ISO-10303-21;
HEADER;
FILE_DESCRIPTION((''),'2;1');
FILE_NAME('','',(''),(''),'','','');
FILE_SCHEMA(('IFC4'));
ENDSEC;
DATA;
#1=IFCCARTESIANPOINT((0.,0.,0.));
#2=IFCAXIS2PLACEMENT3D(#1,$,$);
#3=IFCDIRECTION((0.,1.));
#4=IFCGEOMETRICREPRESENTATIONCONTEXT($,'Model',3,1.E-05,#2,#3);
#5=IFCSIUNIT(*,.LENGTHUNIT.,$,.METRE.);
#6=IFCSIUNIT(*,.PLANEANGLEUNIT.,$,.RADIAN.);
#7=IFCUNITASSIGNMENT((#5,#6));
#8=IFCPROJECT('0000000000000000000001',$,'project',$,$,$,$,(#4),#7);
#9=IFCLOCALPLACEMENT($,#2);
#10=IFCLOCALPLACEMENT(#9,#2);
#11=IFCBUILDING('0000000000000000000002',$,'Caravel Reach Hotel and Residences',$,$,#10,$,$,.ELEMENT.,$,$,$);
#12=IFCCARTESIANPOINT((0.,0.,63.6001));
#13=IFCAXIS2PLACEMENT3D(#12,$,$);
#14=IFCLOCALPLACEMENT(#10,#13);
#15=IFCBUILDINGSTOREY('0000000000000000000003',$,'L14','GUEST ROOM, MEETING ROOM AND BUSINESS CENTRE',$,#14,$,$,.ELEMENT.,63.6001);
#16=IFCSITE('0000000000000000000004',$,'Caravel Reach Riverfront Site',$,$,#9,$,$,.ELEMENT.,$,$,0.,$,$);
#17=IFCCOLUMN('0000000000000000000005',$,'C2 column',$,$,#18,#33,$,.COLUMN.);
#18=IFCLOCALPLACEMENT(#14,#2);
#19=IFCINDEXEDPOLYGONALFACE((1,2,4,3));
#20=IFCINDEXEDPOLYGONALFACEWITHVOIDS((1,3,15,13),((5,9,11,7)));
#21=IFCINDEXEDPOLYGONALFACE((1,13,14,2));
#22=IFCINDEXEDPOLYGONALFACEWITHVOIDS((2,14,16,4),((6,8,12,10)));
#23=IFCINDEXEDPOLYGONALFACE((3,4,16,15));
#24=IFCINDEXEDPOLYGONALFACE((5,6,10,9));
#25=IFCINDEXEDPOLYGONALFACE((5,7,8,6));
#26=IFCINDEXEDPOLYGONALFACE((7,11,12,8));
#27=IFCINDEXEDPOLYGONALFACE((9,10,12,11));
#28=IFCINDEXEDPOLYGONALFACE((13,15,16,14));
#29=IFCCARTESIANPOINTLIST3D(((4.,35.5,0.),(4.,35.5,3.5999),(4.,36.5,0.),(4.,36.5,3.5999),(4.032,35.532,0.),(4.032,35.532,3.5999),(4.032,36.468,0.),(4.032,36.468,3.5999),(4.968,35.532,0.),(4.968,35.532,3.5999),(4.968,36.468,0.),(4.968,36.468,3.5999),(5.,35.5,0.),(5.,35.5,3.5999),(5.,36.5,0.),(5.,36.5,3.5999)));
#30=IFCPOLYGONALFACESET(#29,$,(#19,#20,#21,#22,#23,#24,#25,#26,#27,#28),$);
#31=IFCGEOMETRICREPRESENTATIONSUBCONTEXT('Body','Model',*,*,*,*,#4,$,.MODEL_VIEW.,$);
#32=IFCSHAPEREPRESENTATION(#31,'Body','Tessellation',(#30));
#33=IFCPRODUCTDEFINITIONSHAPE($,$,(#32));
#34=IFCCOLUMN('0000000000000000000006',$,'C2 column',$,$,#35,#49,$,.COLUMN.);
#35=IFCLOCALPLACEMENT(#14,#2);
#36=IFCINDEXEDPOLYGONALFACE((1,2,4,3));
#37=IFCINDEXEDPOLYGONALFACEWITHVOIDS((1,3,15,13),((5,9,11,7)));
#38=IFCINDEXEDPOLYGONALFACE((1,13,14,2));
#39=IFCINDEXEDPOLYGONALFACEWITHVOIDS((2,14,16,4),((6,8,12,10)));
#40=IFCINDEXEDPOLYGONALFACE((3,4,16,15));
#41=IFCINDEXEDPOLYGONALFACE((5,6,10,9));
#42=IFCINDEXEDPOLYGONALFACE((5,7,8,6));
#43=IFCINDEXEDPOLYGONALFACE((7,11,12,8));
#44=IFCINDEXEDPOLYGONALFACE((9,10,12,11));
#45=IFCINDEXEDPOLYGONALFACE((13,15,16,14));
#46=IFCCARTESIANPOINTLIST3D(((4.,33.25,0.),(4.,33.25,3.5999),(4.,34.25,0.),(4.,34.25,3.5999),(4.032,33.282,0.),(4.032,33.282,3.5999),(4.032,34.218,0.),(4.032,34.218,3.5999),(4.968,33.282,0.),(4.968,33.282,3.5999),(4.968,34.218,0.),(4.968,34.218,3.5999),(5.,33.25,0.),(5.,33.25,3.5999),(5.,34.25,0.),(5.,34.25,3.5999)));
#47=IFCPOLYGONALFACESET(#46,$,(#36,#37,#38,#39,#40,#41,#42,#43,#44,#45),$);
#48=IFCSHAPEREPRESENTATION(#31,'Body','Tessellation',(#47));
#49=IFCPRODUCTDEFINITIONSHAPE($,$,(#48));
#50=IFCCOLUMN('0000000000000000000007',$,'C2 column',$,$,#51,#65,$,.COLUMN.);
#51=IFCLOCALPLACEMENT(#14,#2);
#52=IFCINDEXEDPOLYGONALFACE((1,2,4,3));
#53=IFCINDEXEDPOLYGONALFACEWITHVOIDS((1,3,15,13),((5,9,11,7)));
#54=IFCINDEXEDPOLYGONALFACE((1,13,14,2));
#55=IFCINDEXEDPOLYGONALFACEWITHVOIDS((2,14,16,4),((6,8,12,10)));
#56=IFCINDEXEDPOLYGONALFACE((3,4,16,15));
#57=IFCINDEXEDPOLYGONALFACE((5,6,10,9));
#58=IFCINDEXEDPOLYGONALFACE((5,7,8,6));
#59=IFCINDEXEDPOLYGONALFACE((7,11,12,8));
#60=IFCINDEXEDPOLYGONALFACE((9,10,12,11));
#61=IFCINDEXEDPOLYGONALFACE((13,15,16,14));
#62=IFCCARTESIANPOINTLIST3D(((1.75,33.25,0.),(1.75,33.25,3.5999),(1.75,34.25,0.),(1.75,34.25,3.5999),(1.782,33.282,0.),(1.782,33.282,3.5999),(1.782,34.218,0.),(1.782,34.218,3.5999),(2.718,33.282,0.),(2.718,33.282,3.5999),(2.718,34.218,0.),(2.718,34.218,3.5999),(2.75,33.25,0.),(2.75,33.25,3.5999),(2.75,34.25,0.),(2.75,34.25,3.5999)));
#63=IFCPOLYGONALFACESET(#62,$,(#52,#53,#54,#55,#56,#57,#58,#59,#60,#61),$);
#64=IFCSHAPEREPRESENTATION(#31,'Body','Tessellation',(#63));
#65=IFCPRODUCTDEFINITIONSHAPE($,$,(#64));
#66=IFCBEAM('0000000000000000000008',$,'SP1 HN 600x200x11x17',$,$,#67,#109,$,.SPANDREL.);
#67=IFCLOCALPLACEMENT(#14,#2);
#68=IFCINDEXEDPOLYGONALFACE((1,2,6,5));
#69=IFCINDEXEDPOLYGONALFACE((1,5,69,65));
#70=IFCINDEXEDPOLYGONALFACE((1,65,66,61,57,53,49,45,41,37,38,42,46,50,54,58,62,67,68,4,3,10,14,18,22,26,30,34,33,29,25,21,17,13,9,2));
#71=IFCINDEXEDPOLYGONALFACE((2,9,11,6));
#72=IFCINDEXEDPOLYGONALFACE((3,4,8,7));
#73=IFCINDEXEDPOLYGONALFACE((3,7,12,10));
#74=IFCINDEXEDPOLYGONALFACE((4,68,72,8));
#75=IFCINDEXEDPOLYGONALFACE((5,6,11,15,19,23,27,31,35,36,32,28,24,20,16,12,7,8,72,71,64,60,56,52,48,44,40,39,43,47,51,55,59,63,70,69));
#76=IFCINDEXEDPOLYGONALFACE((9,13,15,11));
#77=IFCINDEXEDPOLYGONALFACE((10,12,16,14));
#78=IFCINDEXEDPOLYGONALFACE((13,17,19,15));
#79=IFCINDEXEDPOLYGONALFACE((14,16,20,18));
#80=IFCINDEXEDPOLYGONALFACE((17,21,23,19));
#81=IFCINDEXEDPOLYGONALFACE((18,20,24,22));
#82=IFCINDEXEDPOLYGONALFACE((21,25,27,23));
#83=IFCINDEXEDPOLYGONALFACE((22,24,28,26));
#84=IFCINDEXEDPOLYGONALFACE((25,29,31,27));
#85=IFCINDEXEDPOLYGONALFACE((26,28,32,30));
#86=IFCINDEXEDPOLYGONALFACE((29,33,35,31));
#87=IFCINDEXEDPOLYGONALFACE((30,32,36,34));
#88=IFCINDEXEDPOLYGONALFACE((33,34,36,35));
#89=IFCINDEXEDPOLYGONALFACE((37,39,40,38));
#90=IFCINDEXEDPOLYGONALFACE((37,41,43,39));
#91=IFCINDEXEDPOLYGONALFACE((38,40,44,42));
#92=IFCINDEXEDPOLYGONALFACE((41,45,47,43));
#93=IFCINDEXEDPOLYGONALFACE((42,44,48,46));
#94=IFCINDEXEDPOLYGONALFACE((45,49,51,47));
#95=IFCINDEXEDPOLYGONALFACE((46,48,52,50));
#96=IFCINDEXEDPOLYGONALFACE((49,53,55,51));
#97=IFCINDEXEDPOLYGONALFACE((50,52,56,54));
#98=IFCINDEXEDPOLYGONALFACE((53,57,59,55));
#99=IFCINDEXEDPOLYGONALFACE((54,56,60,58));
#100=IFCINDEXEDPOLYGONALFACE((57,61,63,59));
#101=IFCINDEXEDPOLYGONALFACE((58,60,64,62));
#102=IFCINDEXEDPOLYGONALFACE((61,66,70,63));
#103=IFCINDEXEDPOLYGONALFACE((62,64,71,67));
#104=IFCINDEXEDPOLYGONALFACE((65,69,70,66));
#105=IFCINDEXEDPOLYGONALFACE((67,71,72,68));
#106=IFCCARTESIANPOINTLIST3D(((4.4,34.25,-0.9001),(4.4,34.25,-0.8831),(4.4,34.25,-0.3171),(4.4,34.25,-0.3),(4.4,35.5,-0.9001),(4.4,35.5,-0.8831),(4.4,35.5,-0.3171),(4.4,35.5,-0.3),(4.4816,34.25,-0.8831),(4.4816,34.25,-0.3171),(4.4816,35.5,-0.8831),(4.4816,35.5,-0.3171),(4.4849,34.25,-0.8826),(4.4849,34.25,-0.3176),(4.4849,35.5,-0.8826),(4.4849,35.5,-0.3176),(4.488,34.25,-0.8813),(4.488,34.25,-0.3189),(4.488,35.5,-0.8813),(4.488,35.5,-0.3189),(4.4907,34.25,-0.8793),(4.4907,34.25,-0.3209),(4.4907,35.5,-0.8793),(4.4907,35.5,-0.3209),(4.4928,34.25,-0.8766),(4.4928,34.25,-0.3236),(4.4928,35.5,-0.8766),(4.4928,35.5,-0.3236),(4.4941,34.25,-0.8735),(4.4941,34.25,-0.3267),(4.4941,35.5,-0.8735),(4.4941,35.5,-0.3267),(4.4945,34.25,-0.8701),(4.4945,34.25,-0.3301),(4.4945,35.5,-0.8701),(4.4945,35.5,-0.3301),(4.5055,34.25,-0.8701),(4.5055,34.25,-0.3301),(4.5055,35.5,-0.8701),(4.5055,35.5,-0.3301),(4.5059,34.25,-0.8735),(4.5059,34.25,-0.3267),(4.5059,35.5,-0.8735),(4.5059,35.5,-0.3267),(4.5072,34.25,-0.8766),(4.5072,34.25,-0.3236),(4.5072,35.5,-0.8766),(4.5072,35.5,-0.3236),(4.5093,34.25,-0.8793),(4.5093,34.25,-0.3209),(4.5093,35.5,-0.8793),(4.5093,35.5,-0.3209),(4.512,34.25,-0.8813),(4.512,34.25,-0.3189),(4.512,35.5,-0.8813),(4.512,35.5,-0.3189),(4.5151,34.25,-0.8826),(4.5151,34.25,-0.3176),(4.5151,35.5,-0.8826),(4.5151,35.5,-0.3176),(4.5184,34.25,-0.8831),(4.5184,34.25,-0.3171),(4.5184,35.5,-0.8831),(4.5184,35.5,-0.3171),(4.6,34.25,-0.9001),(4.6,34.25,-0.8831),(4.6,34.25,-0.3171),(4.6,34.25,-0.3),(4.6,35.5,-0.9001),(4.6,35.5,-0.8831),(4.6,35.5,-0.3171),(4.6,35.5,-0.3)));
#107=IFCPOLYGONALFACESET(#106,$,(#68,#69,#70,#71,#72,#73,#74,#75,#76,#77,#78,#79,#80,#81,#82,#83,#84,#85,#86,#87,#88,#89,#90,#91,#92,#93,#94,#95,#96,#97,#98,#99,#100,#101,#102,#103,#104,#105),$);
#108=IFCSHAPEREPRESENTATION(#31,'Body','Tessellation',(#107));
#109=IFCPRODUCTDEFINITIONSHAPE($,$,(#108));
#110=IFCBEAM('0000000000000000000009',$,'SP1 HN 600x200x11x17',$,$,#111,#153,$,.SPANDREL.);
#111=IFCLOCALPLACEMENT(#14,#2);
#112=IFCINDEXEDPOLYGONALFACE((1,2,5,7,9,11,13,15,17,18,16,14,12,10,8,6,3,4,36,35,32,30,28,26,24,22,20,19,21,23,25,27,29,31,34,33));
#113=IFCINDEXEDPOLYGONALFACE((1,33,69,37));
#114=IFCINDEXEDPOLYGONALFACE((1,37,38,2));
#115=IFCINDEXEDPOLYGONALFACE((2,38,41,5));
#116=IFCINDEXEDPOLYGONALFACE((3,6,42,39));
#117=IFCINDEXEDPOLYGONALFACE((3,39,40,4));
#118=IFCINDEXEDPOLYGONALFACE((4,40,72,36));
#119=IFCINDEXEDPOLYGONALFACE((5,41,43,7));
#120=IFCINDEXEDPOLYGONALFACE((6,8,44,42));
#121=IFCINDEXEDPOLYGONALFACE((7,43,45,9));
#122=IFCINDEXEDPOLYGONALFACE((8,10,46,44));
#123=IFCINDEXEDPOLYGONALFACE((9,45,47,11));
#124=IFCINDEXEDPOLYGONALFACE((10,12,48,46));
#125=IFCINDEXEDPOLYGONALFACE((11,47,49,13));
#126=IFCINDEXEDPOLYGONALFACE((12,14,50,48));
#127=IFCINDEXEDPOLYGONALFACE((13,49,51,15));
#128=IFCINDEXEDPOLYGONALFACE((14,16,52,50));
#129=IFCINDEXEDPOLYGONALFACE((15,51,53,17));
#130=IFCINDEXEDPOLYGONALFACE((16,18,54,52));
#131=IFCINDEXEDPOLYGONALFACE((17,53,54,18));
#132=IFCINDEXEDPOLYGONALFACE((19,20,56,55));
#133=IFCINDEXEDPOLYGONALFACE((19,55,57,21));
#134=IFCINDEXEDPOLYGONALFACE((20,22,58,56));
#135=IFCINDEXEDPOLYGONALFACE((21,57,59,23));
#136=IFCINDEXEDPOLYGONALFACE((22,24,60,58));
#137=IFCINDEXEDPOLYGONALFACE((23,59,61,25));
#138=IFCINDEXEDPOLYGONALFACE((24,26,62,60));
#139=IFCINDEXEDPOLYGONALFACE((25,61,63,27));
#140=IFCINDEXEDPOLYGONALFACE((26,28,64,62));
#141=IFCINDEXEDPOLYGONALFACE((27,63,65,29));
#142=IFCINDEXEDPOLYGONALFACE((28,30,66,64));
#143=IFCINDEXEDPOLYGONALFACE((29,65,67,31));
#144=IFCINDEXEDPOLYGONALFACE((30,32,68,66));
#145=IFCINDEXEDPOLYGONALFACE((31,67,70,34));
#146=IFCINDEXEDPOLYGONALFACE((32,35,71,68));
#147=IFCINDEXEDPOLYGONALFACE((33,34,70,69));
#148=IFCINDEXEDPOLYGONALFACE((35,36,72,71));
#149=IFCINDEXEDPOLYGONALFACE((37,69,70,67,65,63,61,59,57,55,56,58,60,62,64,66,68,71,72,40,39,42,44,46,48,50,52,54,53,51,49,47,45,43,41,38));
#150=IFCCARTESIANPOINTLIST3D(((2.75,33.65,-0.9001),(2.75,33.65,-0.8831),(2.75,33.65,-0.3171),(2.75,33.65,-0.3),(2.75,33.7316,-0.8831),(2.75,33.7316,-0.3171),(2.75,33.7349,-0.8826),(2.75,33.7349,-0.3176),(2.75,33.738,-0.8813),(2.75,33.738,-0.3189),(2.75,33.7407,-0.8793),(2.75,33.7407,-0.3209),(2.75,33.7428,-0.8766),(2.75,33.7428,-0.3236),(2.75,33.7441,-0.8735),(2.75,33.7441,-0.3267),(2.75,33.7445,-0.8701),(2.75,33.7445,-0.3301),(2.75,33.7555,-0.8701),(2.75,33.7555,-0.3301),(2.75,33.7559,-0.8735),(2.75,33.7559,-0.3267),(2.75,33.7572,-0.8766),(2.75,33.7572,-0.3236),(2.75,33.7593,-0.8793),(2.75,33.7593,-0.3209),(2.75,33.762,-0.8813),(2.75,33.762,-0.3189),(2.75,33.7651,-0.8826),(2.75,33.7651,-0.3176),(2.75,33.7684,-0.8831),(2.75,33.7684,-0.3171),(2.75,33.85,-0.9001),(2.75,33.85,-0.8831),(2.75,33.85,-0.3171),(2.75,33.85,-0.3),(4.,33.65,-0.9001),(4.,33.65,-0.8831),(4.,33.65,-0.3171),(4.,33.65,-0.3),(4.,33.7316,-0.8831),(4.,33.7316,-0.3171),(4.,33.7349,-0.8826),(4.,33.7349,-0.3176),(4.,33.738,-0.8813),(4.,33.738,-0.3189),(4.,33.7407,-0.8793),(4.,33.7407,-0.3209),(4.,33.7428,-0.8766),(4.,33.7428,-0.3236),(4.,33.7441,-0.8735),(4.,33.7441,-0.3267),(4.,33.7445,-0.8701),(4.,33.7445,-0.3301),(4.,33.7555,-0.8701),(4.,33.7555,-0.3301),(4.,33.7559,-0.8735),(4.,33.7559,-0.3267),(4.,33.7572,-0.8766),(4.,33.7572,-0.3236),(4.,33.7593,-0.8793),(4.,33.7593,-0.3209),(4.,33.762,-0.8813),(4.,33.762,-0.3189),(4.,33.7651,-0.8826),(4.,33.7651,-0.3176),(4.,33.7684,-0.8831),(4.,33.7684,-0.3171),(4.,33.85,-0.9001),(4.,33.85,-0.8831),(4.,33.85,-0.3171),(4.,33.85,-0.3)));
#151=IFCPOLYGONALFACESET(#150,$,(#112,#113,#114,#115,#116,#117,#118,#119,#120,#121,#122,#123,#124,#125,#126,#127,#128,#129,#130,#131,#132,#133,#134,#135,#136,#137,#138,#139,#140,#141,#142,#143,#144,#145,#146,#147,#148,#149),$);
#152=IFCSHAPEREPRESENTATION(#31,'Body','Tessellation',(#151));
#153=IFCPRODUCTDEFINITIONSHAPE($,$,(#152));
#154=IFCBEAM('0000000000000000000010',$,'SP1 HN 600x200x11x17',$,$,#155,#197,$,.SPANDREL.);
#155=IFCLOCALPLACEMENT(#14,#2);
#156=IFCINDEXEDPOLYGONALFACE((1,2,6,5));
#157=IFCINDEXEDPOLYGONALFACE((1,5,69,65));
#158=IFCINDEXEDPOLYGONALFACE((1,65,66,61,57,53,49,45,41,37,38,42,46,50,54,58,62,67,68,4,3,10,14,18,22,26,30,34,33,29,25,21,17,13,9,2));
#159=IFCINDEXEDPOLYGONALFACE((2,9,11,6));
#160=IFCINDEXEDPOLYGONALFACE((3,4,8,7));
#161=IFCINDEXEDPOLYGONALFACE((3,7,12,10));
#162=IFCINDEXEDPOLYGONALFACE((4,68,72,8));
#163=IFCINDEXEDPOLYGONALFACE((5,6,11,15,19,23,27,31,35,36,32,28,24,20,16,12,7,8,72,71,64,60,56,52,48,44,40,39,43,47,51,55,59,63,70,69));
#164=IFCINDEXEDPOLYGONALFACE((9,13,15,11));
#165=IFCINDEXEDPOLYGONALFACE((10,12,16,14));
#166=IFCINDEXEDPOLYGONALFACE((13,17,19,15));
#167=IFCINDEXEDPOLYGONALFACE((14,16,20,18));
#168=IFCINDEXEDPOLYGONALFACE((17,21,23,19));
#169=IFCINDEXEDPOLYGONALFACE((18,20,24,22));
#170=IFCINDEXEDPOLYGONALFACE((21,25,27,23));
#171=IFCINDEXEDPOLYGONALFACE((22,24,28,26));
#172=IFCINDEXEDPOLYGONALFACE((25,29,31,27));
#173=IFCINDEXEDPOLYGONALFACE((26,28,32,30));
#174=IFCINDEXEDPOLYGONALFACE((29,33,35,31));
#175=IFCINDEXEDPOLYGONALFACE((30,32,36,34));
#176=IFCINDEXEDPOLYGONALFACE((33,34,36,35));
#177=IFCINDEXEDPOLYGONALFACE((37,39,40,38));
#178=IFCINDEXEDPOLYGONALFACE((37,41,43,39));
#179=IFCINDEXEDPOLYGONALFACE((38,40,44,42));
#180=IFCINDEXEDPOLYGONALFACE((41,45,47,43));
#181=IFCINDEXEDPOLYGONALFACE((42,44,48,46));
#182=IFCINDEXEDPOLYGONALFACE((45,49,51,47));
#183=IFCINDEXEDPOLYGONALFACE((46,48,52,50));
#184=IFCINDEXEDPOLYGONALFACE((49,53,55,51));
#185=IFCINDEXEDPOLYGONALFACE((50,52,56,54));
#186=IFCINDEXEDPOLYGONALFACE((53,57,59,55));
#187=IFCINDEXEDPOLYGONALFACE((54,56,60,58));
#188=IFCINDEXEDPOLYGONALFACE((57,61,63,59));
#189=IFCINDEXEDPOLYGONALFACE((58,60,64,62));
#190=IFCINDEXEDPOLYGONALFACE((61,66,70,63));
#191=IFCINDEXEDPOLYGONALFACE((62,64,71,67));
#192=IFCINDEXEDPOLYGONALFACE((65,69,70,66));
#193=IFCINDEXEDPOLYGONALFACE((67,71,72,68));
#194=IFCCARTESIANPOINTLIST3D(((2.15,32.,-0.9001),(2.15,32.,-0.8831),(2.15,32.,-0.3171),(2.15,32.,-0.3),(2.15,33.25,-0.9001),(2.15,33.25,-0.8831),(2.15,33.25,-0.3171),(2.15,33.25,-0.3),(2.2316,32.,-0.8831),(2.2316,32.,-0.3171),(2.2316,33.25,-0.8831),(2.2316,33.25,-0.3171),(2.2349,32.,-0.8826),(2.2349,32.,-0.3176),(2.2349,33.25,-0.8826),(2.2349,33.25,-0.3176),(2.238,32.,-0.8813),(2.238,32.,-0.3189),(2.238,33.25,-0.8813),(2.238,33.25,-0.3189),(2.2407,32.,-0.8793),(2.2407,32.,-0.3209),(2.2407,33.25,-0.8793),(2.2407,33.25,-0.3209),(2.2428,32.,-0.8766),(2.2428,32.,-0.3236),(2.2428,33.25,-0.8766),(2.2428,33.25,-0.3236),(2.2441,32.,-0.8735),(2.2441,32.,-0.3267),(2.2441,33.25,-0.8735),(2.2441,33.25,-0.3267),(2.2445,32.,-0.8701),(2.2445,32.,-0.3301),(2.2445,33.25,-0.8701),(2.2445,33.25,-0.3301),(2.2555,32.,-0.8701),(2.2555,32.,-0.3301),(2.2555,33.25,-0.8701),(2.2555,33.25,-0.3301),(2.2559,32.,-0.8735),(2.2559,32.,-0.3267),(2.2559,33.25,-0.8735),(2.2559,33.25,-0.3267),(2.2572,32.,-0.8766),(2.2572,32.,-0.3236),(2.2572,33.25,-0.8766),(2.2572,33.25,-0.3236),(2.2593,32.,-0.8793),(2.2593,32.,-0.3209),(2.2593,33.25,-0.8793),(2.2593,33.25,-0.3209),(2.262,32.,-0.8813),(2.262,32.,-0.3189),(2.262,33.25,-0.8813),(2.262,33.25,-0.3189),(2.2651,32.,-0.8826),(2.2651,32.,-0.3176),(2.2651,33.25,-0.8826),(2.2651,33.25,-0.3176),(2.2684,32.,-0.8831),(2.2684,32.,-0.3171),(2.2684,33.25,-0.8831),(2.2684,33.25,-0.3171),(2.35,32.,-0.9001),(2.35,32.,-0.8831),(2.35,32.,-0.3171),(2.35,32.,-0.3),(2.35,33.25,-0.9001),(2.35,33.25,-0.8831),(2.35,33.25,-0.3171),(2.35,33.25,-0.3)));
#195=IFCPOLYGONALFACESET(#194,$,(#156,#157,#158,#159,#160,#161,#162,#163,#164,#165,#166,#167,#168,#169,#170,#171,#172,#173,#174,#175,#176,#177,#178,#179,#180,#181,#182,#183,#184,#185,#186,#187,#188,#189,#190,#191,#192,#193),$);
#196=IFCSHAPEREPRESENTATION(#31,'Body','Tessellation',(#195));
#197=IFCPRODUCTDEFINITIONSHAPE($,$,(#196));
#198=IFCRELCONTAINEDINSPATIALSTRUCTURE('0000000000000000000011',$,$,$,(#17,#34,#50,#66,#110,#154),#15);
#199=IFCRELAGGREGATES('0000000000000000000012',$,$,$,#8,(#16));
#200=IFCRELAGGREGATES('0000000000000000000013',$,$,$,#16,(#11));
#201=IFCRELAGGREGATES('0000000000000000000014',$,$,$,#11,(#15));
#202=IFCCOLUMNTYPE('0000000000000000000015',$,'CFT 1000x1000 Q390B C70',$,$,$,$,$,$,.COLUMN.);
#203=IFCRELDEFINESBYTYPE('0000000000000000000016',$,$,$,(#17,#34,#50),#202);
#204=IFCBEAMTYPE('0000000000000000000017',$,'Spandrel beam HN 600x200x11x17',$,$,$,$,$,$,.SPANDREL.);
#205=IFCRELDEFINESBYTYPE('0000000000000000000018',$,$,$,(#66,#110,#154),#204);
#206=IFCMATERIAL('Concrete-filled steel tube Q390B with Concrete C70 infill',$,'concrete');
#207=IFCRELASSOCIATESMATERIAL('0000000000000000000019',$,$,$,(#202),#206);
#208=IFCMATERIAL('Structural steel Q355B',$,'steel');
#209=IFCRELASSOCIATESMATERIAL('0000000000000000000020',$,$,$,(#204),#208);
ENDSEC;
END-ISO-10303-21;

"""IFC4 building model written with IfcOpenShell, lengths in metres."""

from ifc_helpers import new_model, si_unit, direction, frame, origin, origin_2d, place, context, subcontext, project, spatial, hollow_rectangle, i_section, extrude, material, material_profile, profile_set, type_object, element, save


model = new_model("IFC4")

# Units and contexts
model_context = context("Model", 3, precision=1e-05, world=origin(), true_north=direction((0.0, 1.0)))
body_context = subcontext(model_context, "Body", "Model", "MODEL_VIEW")
ifc_project = project(units=[si_unit("LENGTHUNIT", "METRE"), si_unit("PLANEANGLEUNIT", "RADIAN")], contexts=[model_context])

# Site, building, storey
site_placement = place(None, origin())
site = spatial("IfcSite", under=ifc_project, at=site_placement, Name="Caravel Reach Riverfront Site", CompositionType="ELEMENT", RefElevation=0.0)
building_placement = place(site_placement, origin())
building = spatial("IfcBuilding", under=site, at=building_placement, Name="Caravel Reach Hotel and Residences", CompositionType="ELEMENT")
storey_placement = place(building_placement, frame((0.0, 0.0, 63.6001)))
storey = spatial("IfcBuildingStorey", under=building, at=storey_placement, Name="L14", Description="GUEST ROOM, MEETING ROOM AND BUSINESS CENTRE", CompositionType="ELEMENT", Elevation=63.6001)

# Columns
ifc_material_1 = material(Name="Concrete-filled steel tube Q390B with Concrete C70 infill", Category="concrete")
ifc_material_profile_1 = material_profile(ifc_material_1, hollow_rectangle(XDim=1.0, YDim=1.0, WallThickness=0.032, at=origin_2d()), Name="RHS 1000x1000x32")
ifc_profile_set_1 = profile_set([ifc_material_profile_1], Name="Concrete-filled steel tube Q390B with Concrete C70 infill")
column_type = type_object("IfcColumnType", Name="CFT 1000x1000 Q390B C70", PredefinedType="COLUMN", material=ifc_profile_set_1)
for number, where, z_axis, x_axis, name in (
    (1, (4.5, 36.0, 0.0), (0.0, 0.0, 1.0), (1.0, 0.0, 0.0), "C2 column"),
    (2, (4.5, 33.75, 0.0), (0.0, 0.0, 1.0), (1.0, 0.0, 0.0), "C2 column"),
    (3, (2.25, 33.75, 0.0), (0.0, 0.0, 1.0), (1.0, 0.0, 0.0), "C2 column"),
):
    element("IfcColumn", number, at=place(storey_placement, frame(where, z_axis=z_axis, x_axis=x_axis)), inside=storey, type_object=column_type, Name=name, PredefinedType="COLUMN", context=body_context, shape_type="SweptSolid", body=[
        extrude(hollow_rectangle(XDim=1.0, YDim=1.0, WallThickness=0.032, at=origin_2d()), origin(), (0.0, 0.0, 1.0), 3.5999),
    ])

# Beams
ifc_material_2 = material(Name="Structural steel Q355B", Category="steel")
ifc_material_profile_2 = material_profile(ifc_material_2, i_section(OverallWidth=0.2, OverallDepth=0.6001, WebThickness=0.011, FlangeThickness=0.0171, FilletRadius=0.0129, at=origin_2d()), Name="HN 600x200x11x17")
ifc_profile_set_2 = profile_set([ifc_material_profile_2], Name="Structural steel Q355B")
beam_type = type_object("IfcBeamType", Name="Spandrel beam HN 600x200x11x17", PredefinedType="SPANDREL", material=ifc_profile_set_2)
for number, where, z_axis, x_axis, name in (
    (4, (4.5, 35.5, -0.6001), (0.0, -1.0, 0.0), (1.0, 0.0, 0.0), "SP1 HN 600x200x11x17"),
    (5, (4.0, 33.75, -0.6001), (-1.0, 0.0, 0.0), (0.0, -1.0, 0.0), "SP1 HN 600x200x11x17"),
    (6, (2.25, 33.25, -0.6001), (0.0, -1.0, 0.0), (1.0, 0.0, 0.0), "SP1 HN 600x200x11x17"),
):
    element("IfcBeam", number, at=place(storey_placement, frame(where, z_axis=z_axis, x_axis=x_axis)), inside=storey, type_object=beam_type, Name=name, PredefinedType="SPANDREL", context=body_context, shape_type="SweptSolid", body=[
        extrude(i_section(OverallWidth=0.2, OverallDepth=0.6001, WebThickness=0.011, FlangeThickness=0.0171, FilletRadius=0.0129, at=origin_2d()), origin(), (0.0, 0.0, 1.0), 1.25),
    ])

save(model, "model.ifc")
